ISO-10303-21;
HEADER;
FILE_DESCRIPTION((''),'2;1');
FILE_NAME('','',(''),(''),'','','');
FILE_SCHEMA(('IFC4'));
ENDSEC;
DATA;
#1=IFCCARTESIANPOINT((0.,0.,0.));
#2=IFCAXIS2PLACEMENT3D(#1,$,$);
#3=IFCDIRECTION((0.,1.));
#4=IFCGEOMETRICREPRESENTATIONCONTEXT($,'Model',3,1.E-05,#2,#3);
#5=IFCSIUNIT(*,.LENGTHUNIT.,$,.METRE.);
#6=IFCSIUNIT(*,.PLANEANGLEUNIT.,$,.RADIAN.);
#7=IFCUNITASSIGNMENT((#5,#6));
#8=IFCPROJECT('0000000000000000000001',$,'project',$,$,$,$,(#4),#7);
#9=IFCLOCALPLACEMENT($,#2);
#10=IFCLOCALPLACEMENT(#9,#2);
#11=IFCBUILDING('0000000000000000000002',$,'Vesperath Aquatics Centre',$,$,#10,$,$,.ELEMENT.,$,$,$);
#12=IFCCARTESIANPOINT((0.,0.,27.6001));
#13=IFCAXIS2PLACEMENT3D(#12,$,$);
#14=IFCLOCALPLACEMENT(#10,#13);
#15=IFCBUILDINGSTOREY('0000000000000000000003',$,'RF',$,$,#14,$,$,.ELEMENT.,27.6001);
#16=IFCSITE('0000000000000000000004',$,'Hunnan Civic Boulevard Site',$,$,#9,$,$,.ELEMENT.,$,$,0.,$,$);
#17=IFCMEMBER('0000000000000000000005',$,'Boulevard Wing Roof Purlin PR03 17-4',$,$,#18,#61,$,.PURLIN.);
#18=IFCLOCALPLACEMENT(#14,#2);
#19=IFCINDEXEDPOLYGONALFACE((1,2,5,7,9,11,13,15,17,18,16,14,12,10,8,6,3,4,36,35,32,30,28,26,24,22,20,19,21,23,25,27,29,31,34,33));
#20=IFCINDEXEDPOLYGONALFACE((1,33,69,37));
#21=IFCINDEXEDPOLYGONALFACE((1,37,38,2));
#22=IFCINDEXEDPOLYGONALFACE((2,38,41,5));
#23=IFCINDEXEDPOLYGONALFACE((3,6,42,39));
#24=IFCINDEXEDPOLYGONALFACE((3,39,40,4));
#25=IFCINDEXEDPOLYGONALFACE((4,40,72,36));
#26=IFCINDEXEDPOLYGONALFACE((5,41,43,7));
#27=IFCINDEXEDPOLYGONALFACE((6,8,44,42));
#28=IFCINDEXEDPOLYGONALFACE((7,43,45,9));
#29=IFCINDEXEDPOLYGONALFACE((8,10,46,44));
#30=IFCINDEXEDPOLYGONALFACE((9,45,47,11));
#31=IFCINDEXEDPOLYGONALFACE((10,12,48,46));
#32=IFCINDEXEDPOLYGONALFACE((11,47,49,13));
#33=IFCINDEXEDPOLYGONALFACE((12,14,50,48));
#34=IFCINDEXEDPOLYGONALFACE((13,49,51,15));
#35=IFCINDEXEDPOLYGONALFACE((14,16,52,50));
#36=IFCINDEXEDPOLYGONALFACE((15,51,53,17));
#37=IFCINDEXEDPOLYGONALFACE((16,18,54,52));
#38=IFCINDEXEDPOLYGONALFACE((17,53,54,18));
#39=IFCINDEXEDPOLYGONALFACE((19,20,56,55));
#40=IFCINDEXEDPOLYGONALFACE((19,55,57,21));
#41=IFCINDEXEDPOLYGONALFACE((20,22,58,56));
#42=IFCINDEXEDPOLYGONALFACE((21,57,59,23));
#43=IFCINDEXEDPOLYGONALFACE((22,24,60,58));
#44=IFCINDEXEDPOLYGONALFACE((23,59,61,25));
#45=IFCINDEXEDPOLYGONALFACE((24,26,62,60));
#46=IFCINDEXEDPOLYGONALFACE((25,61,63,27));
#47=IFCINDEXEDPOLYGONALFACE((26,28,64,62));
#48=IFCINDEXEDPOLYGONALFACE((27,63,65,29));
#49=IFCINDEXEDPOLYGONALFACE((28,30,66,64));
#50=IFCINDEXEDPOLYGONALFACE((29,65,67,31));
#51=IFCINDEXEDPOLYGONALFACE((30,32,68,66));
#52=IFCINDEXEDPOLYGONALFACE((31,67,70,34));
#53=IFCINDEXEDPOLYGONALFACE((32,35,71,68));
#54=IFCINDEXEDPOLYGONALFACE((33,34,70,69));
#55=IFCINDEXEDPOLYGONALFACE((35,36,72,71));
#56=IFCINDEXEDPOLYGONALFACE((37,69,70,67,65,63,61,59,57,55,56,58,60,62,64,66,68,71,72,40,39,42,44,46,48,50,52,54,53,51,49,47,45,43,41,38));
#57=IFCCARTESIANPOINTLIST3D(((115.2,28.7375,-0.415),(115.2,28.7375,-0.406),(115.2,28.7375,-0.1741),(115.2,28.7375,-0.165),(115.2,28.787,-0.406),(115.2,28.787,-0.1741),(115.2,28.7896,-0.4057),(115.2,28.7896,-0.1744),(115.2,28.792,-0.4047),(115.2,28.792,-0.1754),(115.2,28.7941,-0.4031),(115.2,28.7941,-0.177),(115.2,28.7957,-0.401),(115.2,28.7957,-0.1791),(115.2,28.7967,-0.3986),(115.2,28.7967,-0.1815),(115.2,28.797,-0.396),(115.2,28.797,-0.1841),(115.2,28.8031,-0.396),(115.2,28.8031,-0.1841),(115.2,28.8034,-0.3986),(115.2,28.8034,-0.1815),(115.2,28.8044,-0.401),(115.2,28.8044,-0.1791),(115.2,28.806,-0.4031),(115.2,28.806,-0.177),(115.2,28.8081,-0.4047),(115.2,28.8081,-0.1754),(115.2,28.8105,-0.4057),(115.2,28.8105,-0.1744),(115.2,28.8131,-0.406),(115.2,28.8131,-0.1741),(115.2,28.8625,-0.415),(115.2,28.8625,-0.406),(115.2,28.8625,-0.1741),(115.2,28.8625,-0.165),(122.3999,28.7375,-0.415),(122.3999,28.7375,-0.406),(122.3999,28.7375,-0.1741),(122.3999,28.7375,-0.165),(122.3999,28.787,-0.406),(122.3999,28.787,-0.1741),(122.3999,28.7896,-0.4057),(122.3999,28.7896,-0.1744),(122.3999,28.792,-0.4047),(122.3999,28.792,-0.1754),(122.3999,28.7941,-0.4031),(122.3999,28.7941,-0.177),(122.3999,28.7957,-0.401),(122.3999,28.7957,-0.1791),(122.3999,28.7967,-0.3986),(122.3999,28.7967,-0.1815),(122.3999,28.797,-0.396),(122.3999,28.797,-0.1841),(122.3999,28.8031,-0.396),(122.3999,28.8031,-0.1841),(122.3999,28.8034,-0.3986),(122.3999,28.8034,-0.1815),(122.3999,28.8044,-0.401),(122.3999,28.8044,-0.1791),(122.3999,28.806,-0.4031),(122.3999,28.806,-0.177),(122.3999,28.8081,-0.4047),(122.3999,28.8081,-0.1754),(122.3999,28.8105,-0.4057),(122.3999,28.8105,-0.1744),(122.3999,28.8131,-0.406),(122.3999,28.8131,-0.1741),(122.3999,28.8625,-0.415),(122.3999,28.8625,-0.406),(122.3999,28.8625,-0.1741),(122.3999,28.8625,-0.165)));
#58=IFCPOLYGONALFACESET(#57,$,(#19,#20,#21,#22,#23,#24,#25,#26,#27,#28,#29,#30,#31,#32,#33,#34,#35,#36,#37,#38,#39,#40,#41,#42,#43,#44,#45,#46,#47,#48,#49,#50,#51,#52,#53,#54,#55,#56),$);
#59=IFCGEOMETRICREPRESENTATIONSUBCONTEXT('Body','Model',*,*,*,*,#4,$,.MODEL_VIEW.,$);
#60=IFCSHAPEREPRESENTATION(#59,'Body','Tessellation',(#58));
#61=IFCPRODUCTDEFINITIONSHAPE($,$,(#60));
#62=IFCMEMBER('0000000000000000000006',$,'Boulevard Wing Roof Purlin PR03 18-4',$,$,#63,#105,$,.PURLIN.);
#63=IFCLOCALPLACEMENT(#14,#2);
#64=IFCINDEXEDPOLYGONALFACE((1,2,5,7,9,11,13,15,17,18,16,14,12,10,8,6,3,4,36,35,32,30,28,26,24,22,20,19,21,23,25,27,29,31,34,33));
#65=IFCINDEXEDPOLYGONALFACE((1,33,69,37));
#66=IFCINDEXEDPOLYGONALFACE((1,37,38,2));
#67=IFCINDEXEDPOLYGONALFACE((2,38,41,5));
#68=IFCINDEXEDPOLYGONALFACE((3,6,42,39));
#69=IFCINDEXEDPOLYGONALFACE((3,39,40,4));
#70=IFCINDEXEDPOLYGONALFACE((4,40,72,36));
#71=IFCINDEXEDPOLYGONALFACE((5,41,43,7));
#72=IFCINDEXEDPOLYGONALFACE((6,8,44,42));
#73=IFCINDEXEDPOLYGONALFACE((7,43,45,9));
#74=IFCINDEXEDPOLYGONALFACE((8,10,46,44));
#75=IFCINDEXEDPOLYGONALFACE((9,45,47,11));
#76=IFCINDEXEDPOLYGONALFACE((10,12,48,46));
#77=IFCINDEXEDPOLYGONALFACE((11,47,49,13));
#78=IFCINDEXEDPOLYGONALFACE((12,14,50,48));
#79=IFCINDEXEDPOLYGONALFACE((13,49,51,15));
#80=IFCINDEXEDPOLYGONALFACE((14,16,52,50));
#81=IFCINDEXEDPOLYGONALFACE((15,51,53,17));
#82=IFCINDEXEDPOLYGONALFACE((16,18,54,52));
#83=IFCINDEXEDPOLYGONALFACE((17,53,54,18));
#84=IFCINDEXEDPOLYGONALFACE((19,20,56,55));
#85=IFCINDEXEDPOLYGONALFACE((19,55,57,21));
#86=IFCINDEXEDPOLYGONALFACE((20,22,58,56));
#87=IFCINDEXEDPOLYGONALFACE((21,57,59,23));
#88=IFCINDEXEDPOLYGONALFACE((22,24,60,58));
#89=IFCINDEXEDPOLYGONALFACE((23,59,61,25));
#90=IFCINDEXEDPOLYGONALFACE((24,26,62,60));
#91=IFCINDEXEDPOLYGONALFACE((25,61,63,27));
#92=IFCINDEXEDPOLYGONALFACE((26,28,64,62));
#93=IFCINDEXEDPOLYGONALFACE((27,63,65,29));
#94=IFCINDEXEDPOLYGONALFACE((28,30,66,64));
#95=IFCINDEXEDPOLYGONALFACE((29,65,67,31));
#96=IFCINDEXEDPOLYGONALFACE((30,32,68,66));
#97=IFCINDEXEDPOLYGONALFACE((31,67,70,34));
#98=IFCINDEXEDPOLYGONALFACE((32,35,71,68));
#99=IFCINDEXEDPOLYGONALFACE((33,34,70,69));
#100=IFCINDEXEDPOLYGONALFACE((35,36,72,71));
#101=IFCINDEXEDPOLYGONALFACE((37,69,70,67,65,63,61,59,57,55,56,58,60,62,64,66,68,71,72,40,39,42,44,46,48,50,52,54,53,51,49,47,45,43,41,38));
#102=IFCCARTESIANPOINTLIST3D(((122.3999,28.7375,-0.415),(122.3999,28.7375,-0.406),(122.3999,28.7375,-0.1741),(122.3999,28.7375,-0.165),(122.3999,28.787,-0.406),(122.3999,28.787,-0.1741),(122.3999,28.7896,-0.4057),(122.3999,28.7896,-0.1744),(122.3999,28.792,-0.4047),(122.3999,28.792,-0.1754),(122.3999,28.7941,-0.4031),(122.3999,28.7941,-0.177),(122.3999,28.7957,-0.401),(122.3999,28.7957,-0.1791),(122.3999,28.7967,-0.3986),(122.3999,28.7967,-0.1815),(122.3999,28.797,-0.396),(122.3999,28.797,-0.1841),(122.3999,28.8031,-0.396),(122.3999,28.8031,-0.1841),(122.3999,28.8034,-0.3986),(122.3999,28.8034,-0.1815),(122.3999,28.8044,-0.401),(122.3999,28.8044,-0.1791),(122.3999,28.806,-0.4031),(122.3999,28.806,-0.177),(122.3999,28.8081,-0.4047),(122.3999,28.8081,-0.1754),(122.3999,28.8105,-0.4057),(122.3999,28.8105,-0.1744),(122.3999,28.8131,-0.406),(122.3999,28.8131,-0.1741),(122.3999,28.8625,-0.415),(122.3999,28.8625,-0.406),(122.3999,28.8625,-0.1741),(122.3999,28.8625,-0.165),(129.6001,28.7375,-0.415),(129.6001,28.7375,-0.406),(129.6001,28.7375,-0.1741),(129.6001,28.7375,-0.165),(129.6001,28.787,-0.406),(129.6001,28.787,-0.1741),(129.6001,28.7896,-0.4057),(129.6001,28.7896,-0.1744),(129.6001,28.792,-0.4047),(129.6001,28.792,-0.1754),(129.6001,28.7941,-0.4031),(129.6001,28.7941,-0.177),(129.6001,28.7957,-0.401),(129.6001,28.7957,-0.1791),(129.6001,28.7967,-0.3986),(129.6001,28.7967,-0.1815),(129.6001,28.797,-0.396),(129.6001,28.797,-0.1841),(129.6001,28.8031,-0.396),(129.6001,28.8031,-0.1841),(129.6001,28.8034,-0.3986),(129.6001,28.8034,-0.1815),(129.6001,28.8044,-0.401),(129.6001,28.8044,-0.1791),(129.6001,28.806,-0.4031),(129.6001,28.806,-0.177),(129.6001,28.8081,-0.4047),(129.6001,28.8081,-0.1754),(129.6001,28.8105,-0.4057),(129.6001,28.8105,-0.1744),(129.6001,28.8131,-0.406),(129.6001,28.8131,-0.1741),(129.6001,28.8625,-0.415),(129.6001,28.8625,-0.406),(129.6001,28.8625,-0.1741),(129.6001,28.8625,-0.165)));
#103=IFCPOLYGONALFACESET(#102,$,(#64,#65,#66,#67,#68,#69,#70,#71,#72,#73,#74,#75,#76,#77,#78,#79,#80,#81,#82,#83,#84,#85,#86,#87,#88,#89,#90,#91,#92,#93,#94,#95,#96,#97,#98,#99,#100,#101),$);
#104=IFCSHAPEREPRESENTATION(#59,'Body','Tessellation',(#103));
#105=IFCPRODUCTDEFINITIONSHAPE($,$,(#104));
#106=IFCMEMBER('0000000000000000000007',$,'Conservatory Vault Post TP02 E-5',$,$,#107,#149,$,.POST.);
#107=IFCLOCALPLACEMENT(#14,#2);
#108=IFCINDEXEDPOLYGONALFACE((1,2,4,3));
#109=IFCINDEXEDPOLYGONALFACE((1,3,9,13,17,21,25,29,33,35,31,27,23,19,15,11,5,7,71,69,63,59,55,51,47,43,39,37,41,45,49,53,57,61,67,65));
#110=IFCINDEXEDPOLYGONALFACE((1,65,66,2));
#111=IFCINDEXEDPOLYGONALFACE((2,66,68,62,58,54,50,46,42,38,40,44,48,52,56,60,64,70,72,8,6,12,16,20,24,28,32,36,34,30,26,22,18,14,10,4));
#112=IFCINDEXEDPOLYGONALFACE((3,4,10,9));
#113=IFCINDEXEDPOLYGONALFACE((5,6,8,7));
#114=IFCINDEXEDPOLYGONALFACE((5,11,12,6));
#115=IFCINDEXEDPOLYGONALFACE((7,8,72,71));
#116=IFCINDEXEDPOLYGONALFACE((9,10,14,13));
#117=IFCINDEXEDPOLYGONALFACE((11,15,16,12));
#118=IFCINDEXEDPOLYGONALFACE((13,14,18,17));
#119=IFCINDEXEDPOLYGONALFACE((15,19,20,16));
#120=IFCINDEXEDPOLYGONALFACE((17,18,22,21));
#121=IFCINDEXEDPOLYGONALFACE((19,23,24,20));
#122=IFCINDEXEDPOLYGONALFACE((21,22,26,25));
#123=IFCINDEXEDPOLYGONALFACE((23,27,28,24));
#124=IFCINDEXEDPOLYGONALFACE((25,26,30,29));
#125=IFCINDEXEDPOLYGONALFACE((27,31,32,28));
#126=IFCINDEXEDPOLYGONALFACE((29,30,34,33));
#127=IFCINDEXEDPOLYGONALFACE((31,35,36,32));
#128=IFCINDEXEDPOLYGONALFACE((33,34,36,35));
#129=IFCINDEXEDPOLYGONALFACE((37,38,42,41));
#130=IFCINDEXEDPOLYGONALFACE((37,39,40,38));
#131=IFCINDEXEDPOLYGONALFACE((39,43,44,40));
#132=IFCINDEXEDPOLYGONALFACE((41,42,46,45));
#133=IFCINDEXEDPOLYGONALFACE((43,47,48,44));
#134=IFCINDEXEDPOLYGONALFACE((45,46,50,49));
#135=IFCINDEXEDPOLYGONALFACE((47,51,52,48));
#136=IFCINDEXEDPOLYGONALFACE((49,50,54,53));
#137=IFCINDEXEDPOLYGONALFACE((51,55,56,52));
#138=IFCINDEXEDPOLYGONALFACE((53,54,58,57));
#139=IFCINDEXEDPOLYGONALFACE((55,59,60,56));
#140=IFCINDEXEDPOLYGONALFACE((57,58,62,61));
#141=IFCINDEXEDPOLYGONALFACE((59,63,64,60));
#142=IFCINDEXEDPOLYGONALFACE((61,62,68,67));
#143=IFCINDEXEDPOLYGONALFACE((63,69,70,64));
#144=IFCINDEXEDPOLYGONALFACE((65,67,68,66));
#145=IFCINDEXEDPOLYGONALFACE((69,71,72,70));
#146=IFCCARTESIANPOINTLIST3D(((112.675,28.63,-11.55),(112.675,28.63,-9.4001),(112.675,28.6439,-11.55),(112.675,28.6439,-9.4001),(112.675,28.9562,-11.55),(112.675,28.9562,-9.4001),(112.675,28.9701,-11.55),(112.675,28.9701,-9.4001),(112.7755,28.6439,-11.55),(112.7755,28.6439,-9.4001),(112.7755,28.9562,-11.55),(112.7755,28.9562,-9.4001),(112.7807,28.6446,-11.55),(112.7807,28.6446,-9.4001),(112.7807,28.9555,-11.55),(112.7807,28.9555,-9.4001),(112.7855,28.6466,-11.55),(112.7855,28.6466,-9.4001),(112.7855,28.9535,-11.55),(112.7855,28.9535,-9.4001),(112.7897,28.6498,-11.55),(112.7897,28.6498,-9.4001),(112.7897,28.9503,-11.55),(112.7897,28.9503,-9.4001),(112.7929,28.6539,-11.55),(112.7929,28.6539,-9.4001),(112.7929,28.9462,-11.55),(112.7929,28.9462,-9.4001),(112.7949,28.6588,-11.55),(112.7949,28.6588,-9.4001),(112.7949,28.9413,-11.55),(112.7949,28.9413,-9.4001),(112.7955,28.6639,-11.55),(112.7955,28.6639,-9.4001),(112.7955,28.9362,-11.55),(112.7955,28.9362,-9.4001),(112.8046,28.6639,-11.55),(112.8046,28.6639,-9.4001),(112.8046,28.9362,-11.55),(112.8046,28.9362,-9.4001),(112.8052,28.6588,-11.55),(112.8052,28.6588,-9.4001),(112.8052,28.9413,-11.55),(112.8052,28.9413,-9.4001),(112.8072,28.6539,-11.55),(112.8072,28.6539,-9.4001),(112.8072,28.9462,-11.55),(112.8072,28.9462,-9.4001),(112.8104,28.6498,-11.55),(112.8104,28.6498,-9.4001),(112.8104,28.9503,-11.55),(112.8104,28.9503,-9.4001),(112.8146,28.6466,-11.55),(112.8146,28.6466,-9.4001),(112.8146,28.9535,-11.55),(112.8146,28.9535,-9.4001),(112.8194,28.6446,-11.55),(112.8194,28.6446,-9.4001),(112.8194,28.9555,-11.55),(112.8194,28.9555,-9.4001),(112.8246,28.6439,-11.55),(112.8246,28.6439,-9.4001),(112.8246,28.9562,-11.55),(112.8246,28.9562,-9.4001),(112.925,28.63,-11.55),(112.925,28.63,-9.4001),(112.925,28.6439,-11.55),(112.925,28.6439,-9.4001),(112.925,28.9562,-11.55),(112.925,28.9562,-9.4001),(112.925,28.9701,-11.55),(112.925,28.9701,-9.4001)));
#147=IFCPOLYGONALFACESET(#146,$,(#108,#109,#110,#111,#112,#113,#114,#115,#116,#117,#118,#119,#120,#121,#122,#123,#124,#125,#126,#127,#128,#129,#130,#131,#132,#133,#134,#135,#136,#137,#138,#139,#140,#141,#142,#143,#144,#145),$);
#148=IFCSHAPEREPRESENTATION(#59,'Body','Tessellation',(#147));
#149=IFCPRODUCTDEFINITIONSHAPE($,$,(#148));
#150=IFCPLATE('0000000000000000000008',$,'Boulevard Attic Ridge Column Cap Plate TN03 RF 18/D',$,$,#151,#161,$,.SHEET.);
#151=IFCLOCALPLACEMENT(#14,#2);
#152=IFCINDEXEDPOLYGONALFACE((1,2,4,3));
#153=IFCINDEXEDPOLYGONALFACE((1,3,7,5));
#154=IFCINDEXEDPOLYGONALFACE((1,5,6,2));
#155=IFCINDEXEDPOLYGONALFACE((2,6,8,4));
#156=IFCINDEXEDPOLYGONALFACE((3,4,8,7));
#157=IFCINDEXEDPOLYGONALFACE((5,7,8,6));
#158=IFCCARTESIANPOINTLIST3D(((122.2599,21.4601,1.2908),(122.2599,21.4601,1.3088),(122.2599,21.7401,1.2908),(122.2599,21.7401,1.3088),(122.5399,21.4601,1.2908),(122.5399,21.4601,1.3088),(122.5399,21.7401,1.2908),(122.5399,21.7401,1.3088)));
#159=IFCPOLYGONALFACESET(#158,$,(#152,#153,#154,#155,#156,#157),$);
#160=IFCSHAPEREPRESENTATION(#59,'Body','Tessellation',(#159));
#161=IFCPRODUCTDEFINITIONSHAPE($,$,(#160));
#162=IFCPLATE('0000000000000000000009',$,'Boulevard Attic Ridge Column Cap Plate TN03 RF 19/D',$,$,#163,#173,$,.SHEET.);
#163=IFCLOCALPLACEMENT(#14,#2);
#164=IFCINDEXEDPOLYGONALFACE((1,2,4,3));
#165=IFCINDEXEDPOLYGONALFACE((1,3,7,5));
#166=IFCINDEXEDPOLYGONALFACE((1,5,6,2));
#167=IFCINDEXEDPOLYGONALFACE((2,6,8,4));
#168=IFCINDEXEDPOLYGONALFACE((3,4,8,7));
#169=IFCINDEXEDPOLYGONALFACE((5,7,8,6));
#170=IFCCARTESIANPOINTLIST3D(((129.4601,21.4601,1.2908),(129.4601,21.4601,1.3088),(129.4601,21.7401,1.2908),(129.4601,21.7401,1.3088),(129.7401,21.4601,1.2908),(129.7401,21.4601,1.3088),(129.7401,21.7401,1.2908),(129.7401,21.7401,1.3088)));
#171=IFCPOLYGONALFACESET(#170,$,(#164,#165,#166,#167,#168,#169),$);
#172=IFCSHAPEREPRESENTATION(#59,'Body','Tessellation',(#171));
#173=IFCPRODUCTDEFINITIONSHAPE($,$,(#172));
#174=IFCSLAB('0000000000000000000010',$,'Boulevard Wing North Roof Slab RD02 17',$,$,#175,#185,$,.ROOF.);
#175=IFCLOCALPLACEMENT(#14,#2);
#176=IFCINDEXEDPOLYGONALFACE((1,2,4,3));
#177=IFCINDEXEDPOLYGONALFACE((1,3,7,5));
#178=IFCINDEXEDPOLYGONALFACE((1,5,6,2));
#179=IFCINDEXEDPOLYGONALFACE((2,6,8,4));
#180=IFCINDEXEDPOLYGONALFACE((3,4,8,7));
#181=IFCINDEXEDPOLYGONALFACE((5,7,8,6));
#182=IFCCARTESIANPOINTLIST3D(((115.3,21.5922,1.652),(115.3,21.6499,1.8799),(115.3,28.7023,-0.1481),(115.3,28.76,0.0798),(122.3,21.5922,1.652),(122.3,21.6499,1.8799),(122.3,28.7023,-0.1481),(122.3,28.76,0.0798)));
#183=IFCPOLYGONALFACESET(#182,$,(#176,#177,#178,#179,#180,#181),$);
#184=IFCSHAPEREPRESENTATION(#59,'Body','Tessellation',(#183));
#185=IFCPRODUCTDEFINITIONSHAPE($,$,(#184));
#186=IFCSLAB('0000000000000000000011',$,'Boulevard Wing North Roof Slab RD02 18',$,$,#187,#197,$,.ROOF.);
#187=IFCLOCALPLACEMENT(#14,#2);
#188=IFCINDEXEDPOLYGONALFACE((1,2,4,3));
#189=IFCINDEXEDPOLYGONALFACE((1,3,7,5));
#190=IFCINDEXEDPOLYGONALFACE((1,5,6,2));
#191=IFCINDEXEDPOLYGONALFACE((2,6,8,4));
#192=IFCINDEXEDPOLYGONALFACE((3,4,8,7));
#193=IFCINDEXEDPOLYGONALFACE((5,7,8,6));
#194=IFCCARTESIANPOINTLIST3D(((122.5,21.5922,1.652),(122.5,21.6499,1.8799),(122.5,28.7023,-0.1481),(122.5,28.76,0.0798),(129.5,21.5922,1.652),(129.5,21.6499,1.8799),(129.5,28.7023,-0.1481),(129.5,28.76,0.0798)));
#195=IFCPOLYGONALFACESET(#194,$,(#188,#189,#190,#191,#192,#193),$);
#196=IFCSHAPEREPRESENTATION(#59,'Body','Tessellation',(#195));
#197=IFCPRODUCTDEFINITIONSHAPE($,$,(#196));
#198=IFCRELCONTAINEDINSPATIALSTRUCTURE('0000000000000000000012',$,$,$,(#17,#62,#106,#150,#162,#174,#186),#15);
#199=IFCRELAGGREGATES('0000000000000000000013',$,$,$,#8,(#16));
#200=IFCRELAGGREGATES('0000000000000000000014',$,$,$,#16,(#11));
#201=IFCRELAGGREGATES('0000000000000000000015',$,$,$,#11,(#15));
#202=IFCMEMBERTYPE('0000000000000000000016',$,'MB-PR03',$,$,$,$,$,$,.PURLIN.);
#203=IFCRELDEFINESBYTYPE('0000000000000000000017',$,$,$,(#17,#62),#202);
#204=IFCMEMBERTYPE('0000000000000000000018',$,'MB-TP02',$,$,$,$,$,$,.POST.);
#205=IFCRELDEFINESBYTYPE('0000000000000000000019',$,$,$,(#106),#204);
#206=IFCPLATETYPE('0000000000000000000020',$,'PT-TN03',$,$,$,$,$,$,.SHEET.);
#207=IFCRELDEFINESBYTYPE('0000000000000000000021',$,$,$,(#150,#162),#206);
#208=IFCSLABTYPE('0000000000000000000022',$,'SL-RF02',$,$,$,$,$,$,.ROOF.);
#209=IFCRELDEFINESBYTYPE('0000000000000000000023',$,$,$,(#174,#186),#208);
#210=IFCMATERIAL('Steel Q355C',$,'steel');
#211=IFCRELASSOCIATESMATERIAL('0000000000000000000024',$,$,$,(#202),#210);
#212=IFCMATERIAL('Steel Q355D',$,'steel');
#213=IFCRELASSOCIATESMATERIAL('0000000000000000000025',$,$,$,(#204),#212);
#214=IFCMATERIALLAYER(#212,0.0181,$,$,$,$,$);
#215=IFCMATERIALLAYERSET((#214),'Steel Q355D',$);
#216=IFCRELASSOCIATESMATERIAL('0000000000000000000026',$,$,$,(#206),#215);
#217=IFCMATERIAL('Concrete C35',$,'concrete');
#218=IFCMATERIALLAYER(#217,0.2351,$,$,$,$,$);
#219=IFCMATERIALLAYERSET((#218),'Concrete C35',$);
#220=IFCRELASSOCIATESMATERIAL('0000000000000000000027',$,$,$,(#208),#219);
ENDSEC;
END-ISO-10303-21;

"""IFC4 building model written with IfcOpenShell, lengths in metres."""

from ifc_helpers import new_model, si_unit, direction, frame, origin, origin_2d, place, context, subcontext, project, spatial, polyline, rectangle, i_section, outline, extrude, material, layer, layer_set, material_profile, profile_set, type_object, element, save


model = new_model("IFC4")

# Units and contexts
model_context = context("Model", 3, precision=1e-05, world=origin(), true_north=direction((0.0, 1.0)))
body_context = subcontext(model_context, "Body", "Model", "MODEL_VIEW")
ifc_project = project(units=[si_unit("LENGTHUNIT", "METRE"), si_unit("PLANEANGLEUNIT", "RADIAN")], contexts=[model_context])

# Site, building, storey
site_placement = place(None, origin())
site = spatial("IfcSite", under=ifc_project, at=site_placement, Name="Hunnan Civic Boulevard Site", CompositionType="ELEMENT", RefElevation=0.0)
building_placement = place(site_placement, origin())
building = spatial("IfcBuilding", under=site, at=building_placement, Name="Vesperath Aquatics Centre", CompositionType="ELEMENT")
storey_placement = place(building_placement, frame((0.0, 0.0, 27.6001)))
storey = spatial("IfcBuildingStorey", under=building, at=storey_placement, Name="RF", CompositionType="ELEMENT", Elevation=27.6001)

# Shared definitions
ifc_material_1 = material(Name="Steel Q355C", Category="steel")

# Shared definitions
ifc_material_2 = material(Name="Steel Q355D", Category="steel")

# Members
ifc_material_profile_1 = material_profile(ifc_material_1, i_section(OverallWidth=0.125, OverallDepth=0.25, WebThickness=0.0061, FlangeThickness=0.009, FilletRadius=0.01, at=origin_2d()), Name="HN 250x125x6x9")
ifc_profile_set_1 = profile_set([ifc_material_profile_1], Name="Steel Q355C")
member_type_1 = type_object("IfcMemberType", Name="MB-PR03", PredefinedType="PURLIN", material=ifc_profile_set_1)
member_1_placement = place(storey_placement, frame((115.2, 28.8, -0.29), z_axis=(1.0, 0.0, 0.0), x_axis=(0.0, 1.0, 0.0)))
element("IfcMember", 1, at=member_1_placement, inside=storey, type_object=member_type_1, Name="Boulevard Wing Roof Purlin PR03 17-4", PredefinedType="PURLIN", context=body_context, shape_type="SweptSolid", body=[
    extrude(i_section(OverallWidth=0.125, OverallDepth=0.25, WebThickness=0.0061, FlangeThickness=0.009, FilletRadius=0.01, at=origin_2d()), origin(), (0.0, 0.0, 1.0), 7.2),
])
member_2_placement = place(storey_placement, frame((122.3999, 28.8, -0.29), z_axis=(1.0, 0.0, 0.0), x_axis=(0.0, 1.0, 0.0)))
element("IfcMember", 2, at=member_2_placement, inside=storey, type_object=member_type_1, Name="Boulevard Wing Roof Purlin PR03 18-4", PredefinedType="PURLIN", context=body_context, shape_type="SweptSolid", body=[
    extrude(i_section(OverallWidth=0.125, OverallDepth=0.25, WebThickness=0.0061, FlangeThickness=0.009, FilletRadius=0.01, at=origin_2d()), origin(), (0.0, 0.0, 1.0), 7.2002),
])
ifc_material_profile_2 = material_profile(ifc_material_2, i_section(OverallWidth=0.25, OverallDepth=0.3401, WebThickness=0.009, FlangeThickness=0.0139, FilletRadius=0.02, at=origin_2d()), Name="HM 340x250x9x14")
ifc_profile_set_2 = profile_set([ifc_material_profile_2], Name="Steel Q355D")
member_type_2 = type_object("IfcMemberType", Name="MB-TP02", PredefinedType="POST", material=ifc_profile_set_2)
member_3_placement = place(storey_placement, frame((112.8, 28.8, -11.55), z_axis=(0.0, 0.0, 1.0), x_axis=(1.0, 0.0, 0.0)))
element("IfcMember", 3, at=member_3_placement, inside=storey, type_object=member_type_2, Name="Conservatory Vault Post TP02 E-5", PredefinedType="POST", context=body_context, shape_type="SweptSolid", body=[
    extrude(i_section(OverallWidth=0.25, OverallDepth=0.3401, WebThickness=0.009, FlangeThickness=0.0139, FilletRadius=0.02, at=origin_2d()), origin(), (0.0, 0.0, 1.0), 2.1499),
])

# Plates
ifc_layer_1 = layer(ifc_material_2, 0.0181)
ifc_layer_set_1 = layer_set([ifc_layer_1], Name="Steel Q355D")
plate_type = type_object("IfcPlateType", Name="PT-TN03", PredefinedType="SHEET", material=ifc_layer_set_1)
for number, where, z_axis, x_axis, name in (
    (4, (122.3999, 21.6001, 1.2908), (0.0, 0.0, 1.0), (1.0, 0.0, 0.0), "Boulevard Attic Ridge Column Cap Plate TN03 RF 18/D"),
    (5, (129.6001, 21.6001, 1.2908), (0.0, 0.0, 1.0), (1.0, 0.0, 0.0), "Boulevard Attic Ridge Column Cap Plate TN03 RF 19/D"),
):
    element("IfcPlate", number, at=place(storey_placement, frame(where, z_axis=z_axis, x_axis=x_axis)), inside=storey, type_object=plate_type, Name=name, PredefinedType="SHEET", context=body_context, shape_type="SweptSolid", body=[
        extrude(rectangle(XDim=0.28, YDim=0.28, at=origin_2d()), origin(), (0.0, 0.0, 1.0), 0.0181),
    ])

# Slabs
ifc_material_3 = material(Name="Concrete C35", Category="concrete")
ifc_layer_2 = layer(ifc_material_3, 0.2351)
ifc_layer_set_2 = layer_set([ifc_layer_2], Name="Concrete C35")
slab_type = type_object("IfcSlabType", Name="SL-RF02", PredefinedType="ROOF", material=ifc_layer_set_2)
for number, where, z_axis, x_axis, name in (
    (6, (115.3, 21.6499, 1.8799), (0.0, 0.245425, 0.969416), (1.0, 0.0, 0.0), "Boulevard Wing North Roof Slab RD02 17"),
    (7, (122.5, 21.6499, 1.8799), (0.0, 0.245425, 0.969416), (1.0, 0.0, 0.0), "Boulevard Wing North Roof Slab RD02 18"),
):
    element("IfcSlab", number, at=place(storey_placement, frame(where, z_axis=z_axis, x_axis=x_axis)), inside=storey, type_object=slab_type, Name=name, PredefinedType="ROOF", context=body_context, shape_type="SweptSolid", body=[
        extrude(outline(polyline([(0.0, 0.0), (7.0, 0.0), (7.0, 7.3344), (0.0, 7.3344), (0.0, 0.0)])), origin(), (0.0, 0.0, -1.0), 0.2351),
    ])

save(model, "model.ifc")
